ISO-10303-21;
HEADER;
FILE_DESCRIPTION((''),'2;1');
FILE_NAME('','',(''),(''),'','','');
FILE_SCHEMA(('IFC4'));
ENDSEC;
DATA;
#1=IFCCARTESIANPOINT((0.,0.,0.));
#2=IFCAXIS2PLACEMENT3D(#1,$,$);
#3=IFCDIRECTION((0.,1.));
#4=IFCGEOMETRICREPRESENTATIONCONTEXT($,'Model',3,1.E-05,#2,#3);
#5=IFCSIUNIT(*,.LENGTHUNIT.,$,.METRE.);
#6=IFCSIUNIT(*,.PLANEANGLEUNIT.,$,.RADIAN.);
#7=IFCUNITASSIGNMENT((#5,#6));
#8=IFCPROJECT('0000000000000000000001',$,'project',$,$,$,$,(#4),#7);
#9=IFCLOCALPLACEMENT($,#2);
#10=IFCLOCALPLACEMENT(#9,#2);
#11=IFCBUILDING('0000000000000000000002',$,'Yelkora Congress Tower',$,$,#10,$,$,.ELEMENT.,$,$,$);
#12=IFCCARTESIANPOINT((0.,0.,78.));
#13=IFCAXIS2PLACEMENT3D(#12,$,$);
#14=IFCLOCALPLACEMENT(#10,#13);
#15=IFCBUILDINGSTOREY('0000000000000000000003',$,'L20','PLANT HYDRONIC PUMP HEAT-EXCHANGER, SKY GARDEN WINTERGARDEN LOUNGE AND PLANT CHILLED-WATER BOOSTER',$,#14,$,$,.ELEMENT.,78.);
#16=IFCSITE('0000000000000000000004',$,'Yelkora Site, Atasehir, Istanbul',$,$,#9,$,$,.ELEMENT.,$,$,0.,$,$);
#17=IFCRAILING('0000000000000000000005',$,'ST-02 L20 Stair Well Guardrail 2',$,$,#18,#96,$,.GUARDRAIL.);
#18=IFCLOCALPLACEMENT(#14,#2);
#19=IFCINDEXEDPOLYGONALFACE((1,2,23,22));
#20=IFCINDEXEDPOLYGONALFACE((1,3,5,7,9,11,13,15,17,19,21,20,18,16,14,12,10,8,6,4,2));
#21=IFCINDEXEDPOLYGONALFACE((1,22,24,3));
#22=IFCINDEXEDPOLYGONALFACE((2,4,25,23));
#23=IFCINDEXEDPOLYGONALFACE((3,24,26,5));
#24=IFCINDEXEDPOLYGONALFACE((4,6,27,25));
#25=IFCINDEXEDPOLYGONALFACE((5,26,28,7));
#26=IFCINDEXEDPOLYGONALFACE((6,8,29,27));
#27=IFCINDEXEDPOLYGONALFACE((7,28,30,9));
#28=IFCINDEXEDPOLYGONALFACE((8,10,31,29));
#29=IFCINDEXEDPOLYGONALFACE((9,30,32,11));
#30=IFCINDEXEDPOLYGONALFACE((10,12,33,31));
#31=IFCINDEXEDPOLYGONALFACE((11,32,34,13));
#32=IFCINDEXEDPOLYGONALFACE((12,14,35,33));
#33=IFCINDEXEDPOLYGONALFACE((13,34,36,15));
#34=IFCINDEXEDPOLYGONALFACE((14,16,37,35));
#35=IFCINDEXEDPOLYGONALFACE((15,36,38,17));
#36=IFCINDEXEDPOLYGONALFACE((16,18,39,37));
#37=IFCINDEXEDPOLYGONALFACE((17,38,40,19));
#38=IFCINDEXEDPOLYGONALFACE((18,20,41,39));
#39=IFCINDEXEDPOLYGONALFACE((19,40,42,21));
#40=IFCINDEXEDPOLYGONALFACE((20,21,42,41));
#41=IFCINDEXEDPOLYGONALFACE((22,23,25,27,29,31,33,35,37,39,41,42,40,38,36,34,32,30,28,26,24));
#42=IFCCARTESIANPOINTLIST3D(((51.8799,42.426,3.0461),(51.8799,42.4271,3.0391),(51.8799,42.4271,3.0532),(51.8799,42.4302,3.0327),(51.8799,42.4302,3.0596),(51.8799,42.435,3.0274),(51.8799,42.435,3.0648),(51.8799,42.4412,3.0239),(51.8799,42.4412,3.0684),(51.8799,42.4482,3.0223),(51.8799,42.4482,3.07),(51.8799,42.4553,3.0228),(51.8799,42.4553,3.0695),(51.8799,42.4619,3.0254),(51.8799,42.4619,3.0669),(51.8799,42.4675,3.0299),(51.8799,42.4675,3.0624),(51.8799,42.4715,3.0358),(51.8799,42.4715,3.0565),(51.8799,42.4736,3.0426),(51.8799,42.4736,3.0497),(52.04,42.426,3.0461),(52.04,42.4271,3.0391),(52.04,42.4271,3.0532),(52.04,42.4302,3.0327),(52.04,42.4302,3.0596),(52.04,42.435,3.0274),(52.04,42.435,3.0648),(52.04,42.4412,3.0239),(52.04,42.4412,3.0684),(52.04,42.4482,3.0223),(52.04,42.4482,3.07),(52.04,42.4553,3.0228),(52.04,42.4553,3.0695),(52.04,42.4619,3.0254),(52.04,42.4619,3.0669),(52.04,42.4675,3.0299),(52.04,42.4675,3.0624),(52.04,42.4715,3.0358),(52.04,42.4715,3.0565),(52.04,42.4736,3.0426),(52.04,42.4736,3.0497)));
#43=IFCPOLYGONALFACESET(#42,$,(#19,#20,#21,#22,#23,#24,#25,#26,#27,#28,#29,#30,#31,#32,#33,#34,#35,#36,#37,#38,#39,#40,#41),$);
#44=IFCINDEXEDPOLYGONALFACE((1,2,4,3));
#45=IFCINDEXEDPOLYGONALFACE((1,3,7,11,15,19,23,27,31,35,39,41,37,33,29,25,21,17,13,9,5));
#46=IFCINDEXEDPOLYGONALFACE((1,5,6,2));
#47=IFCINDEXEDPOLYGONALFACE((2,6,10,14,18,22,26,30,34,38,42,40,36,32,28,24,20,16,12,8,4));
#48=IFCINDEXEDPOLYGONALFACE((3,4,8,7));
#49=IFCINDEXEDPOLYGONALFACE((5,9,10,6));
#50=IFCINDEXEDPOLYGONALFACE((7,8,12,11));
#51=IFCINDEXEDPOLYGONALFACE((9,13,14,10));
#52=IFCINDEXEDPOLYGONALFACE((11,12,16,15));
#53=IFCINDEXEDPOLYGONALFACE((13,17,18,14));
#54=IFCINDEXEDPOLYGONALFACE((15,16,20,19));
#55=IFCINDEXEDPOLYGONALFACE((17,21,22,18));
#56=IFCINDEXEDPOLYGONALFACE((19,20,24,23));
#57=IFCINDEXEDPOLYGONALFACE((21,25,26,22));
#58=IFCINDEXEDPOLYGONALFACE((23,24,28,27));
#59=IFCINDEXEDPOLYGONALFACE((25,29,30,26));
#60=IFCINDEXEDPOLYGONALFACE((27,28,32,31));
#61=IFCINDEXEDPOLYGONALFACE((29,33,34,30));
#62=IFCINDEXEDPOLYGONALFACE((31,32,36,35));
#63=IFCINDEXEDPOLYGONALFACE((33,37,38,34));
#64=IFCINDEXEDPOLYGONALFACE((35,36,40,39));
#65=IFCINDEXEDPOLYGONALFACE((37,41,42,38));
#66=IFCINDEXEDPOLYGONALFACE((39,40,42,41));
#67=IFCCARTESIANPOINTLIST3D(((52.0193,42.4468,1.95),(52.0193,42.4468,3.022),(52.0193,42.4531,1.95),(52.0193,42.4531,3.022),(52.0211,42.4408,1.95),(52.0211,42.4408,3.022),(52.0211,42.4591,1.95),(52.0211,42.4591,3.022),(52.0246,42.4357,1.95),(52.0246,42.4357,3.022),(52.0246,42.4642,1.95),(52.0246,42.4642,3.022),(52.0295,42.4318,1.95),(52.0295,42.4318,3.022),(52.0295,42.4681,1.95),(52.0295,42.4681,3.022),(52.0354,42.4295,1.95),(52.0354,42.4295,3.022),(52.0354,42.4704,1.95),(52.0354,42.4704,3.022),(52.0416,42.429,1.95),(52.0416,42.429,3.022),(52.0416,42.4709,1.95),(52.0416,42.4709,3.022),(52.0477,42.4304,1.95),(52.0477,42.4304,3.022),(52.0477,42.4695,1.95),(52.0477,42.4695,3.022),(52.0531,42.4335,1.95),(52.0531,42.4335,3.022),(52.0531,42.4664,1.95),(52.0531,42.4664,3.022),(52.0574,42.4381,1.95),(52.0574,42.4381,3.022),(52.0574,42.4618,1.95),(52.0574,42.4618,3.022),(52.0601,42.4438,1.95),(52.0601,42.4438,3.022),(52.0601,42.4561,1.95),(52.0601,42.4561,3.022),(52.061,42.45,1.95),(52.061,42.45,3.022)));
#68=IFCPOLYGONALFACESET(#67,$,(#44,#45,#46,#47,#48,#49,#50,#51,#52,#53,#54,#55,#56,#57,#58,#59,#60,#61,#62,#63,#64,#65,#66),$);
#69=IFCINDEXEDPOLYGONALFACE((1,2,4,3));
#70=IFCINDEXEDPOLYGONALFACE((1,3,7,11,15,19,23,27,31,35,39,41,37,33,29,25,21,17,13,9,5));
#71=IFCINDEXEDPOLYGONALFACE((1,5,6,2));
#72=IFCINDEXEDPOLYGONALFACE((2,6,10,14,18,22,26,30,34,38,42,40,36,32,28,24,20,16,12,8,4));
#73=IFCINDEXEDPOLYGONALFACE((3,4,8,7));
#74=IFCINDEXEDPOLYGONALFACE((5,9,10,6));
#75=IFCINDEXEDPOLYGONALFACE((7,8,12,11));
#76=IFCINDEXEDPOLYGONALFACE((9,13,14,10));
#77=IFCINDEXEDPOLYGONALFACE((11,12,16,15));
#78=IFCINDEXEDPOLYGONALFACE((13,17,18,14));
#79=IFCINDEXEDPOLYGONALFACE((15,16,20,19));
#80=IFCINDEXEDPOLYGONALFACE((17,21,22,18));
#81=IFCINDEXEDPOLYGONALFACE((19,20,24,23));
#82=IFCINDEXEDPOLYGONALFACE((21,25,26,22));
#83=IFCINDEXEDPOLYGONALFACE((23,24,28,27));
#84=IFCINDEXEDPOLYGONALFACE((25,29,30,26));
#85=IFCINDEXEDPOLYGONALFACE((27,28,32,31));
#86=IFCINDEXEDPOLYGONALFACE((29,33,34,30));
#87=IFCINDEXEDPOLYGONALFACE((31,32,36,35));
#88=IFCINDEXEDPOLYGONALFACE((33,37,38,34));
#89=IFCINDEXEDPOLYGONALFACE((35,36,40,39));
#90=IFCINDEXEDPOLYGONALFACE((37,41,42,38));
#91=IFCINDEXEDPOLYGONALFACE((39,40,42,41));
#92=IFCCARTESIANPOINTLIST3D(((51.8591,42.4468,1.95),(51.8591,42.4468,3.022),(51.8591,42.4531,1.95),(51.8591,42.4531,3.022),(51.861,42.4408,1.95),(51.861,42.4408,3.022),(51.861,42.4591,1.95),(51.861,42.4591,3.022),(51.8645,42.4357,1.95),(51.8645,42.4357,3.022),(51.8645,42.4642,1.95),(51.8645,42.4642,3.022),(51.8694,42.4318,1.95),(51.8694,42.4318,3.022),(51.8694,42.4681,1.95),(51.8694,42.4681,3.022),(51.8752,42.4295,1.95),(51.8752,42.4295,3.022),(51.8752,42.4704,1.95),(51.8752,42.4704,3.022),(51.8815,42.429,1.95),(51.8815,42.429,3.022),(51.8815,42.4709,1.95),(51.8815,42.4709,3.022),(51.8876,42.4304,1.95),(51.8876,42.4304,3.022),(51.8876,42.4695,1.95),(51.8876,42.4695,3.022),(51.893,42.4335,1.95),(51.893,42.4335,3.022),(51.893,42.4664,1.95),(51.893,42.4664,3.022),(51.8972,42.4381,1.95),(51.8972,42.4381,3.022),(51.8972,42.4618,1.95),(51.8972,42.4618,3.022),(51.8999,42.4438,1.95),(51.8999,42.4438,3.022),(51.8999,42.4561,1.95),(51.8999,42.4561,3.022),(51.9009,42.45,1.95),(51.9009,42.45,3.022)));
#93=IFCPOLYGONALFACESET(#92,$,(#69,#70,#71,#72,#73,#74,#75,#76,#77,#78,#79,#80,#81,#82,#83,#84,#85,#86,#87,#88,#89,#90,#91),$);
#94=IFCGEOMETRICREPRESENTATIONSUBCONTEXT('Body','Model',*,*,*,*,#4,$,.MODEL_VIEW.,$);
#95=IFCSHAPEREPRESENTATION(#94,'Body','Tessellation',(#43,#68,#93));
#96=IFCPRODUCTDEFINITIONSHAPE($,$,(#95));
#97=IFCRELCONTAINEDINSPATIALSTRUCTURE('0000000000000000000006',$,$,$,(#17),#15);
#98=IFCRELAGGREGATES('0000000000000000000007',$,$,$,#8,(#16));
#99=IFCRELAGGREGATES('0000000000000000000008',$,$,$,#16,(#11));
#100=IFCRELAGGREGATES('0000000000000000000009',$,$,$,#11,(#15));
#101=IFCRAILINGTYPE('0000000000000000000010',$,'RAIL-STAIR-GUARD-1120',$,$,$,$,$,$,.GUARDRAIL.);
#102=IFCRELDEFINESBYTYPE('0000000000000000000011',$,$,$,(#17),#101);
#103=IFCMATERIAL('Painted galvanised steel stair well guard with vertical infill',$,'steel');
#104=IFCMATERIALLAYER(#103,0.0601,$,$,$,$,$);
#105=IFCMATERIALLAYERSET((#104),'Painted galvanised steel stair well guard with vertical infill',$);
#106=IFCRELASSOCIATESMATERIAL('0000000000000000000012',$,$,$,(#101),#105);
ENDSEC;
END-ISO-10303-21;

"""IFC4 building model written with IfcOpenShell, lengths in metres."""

from ifc_helpers import new_model, si_unit, direction, frame, origin, origin_2d, place, context, subcontext, project, spatial, circle, extrude, material, layer, layer_set, type_object, element, save


model = new_model("IFC4")

# Units and contexts
model_context = context("Model", 3, precision=1e-05, world=origin(), true_north=direction((0.0, 1.0)))
body_context = subcontext(model_context, "Body", "Model", "MODEL_VIEW")
ifc_project = project(units=[si_unit("LENGTHUNIT", "METRE"), si_unit("PLANEANGLEUNIT", "RADIAN")], contexts=[model_context])

# Site, building, storey
site_placement = place(None, origin())
site = spatial("IfcSite", under=ifc_project, at=site_placement, Name="Yelkora Site, Atasehir, Istanbul", CompositionType="ELEMENT", RefElevation=0.0)
building_placement = place(site_placement, origin())
building = spatial("IfcBuilding", under=site, at=building_placement, Name="Yelkora Congress Tower", CompositionType="ELEMENT")
storey_placement = place(building_placement, frame((0.0, 0.0, 78.0)))
storey = spatial("IfcBuildingStorey", under=building, at=storey_placement, Name="L20", Description="PLANT HYDRONIC PUMP HEAT-EXCHANGER, SKY GARDEN WINTERGARDEN LOUNGE AND PLANT CHILLED-WATER BOOSTER", CompositionType="ELEMENT", Elevation=78.0)

# Railing
ifc_material_1 = material(Name="Painted galvanised steel stair well guard with vertical infill", Category="steel")
ifc_layer_1 = layer(ifc_material_1, 0.0601)
ifc_layer_set_1 = layer_set([ifc_layer_1], Name="Painted galvanised steel stair well guard with vertical infill")
railing_type_1 = type_object("IfcRailingType", Name="RAIL-STAIR-GUARD-1120", PredefinedType="GUARDRAIL", material=ifc_layer_set_1)
railing_1_placement = place(storey_placement, frame((52.04, 42.45, 1.95)))
element("IfcRailing", 1, at=railing_1_placement, inside=storey, type_object=railing_type_1, Name="ST-02 L20 Stair Well Guardrail 2", PredefinedType="GUARDRAIL", context=body_context, shape_type="SweptSolid", body=[
    extrude(circle(Radius=0.0239, at=origin_2d()), frame((0.0, 0.0, 1.0962), z_axis=(-1.0, 0.0, 0.0), x_axis=(0.0, -1.0, 0.0)), (0.0, 0.0, 1.0), 0.1602),
    extrude(circle(Radius=0.021, at=origin_2d()), origin(), (0.0, 0.0, 1.0), 1.072),
    extrude(circle(Radius=0.021, at=origin_2d()), frame((-0.1602, 0.0, 0.0)), (0.0, 0.0, 1.0), 1.072),
])

save(model, "model.ifc")
